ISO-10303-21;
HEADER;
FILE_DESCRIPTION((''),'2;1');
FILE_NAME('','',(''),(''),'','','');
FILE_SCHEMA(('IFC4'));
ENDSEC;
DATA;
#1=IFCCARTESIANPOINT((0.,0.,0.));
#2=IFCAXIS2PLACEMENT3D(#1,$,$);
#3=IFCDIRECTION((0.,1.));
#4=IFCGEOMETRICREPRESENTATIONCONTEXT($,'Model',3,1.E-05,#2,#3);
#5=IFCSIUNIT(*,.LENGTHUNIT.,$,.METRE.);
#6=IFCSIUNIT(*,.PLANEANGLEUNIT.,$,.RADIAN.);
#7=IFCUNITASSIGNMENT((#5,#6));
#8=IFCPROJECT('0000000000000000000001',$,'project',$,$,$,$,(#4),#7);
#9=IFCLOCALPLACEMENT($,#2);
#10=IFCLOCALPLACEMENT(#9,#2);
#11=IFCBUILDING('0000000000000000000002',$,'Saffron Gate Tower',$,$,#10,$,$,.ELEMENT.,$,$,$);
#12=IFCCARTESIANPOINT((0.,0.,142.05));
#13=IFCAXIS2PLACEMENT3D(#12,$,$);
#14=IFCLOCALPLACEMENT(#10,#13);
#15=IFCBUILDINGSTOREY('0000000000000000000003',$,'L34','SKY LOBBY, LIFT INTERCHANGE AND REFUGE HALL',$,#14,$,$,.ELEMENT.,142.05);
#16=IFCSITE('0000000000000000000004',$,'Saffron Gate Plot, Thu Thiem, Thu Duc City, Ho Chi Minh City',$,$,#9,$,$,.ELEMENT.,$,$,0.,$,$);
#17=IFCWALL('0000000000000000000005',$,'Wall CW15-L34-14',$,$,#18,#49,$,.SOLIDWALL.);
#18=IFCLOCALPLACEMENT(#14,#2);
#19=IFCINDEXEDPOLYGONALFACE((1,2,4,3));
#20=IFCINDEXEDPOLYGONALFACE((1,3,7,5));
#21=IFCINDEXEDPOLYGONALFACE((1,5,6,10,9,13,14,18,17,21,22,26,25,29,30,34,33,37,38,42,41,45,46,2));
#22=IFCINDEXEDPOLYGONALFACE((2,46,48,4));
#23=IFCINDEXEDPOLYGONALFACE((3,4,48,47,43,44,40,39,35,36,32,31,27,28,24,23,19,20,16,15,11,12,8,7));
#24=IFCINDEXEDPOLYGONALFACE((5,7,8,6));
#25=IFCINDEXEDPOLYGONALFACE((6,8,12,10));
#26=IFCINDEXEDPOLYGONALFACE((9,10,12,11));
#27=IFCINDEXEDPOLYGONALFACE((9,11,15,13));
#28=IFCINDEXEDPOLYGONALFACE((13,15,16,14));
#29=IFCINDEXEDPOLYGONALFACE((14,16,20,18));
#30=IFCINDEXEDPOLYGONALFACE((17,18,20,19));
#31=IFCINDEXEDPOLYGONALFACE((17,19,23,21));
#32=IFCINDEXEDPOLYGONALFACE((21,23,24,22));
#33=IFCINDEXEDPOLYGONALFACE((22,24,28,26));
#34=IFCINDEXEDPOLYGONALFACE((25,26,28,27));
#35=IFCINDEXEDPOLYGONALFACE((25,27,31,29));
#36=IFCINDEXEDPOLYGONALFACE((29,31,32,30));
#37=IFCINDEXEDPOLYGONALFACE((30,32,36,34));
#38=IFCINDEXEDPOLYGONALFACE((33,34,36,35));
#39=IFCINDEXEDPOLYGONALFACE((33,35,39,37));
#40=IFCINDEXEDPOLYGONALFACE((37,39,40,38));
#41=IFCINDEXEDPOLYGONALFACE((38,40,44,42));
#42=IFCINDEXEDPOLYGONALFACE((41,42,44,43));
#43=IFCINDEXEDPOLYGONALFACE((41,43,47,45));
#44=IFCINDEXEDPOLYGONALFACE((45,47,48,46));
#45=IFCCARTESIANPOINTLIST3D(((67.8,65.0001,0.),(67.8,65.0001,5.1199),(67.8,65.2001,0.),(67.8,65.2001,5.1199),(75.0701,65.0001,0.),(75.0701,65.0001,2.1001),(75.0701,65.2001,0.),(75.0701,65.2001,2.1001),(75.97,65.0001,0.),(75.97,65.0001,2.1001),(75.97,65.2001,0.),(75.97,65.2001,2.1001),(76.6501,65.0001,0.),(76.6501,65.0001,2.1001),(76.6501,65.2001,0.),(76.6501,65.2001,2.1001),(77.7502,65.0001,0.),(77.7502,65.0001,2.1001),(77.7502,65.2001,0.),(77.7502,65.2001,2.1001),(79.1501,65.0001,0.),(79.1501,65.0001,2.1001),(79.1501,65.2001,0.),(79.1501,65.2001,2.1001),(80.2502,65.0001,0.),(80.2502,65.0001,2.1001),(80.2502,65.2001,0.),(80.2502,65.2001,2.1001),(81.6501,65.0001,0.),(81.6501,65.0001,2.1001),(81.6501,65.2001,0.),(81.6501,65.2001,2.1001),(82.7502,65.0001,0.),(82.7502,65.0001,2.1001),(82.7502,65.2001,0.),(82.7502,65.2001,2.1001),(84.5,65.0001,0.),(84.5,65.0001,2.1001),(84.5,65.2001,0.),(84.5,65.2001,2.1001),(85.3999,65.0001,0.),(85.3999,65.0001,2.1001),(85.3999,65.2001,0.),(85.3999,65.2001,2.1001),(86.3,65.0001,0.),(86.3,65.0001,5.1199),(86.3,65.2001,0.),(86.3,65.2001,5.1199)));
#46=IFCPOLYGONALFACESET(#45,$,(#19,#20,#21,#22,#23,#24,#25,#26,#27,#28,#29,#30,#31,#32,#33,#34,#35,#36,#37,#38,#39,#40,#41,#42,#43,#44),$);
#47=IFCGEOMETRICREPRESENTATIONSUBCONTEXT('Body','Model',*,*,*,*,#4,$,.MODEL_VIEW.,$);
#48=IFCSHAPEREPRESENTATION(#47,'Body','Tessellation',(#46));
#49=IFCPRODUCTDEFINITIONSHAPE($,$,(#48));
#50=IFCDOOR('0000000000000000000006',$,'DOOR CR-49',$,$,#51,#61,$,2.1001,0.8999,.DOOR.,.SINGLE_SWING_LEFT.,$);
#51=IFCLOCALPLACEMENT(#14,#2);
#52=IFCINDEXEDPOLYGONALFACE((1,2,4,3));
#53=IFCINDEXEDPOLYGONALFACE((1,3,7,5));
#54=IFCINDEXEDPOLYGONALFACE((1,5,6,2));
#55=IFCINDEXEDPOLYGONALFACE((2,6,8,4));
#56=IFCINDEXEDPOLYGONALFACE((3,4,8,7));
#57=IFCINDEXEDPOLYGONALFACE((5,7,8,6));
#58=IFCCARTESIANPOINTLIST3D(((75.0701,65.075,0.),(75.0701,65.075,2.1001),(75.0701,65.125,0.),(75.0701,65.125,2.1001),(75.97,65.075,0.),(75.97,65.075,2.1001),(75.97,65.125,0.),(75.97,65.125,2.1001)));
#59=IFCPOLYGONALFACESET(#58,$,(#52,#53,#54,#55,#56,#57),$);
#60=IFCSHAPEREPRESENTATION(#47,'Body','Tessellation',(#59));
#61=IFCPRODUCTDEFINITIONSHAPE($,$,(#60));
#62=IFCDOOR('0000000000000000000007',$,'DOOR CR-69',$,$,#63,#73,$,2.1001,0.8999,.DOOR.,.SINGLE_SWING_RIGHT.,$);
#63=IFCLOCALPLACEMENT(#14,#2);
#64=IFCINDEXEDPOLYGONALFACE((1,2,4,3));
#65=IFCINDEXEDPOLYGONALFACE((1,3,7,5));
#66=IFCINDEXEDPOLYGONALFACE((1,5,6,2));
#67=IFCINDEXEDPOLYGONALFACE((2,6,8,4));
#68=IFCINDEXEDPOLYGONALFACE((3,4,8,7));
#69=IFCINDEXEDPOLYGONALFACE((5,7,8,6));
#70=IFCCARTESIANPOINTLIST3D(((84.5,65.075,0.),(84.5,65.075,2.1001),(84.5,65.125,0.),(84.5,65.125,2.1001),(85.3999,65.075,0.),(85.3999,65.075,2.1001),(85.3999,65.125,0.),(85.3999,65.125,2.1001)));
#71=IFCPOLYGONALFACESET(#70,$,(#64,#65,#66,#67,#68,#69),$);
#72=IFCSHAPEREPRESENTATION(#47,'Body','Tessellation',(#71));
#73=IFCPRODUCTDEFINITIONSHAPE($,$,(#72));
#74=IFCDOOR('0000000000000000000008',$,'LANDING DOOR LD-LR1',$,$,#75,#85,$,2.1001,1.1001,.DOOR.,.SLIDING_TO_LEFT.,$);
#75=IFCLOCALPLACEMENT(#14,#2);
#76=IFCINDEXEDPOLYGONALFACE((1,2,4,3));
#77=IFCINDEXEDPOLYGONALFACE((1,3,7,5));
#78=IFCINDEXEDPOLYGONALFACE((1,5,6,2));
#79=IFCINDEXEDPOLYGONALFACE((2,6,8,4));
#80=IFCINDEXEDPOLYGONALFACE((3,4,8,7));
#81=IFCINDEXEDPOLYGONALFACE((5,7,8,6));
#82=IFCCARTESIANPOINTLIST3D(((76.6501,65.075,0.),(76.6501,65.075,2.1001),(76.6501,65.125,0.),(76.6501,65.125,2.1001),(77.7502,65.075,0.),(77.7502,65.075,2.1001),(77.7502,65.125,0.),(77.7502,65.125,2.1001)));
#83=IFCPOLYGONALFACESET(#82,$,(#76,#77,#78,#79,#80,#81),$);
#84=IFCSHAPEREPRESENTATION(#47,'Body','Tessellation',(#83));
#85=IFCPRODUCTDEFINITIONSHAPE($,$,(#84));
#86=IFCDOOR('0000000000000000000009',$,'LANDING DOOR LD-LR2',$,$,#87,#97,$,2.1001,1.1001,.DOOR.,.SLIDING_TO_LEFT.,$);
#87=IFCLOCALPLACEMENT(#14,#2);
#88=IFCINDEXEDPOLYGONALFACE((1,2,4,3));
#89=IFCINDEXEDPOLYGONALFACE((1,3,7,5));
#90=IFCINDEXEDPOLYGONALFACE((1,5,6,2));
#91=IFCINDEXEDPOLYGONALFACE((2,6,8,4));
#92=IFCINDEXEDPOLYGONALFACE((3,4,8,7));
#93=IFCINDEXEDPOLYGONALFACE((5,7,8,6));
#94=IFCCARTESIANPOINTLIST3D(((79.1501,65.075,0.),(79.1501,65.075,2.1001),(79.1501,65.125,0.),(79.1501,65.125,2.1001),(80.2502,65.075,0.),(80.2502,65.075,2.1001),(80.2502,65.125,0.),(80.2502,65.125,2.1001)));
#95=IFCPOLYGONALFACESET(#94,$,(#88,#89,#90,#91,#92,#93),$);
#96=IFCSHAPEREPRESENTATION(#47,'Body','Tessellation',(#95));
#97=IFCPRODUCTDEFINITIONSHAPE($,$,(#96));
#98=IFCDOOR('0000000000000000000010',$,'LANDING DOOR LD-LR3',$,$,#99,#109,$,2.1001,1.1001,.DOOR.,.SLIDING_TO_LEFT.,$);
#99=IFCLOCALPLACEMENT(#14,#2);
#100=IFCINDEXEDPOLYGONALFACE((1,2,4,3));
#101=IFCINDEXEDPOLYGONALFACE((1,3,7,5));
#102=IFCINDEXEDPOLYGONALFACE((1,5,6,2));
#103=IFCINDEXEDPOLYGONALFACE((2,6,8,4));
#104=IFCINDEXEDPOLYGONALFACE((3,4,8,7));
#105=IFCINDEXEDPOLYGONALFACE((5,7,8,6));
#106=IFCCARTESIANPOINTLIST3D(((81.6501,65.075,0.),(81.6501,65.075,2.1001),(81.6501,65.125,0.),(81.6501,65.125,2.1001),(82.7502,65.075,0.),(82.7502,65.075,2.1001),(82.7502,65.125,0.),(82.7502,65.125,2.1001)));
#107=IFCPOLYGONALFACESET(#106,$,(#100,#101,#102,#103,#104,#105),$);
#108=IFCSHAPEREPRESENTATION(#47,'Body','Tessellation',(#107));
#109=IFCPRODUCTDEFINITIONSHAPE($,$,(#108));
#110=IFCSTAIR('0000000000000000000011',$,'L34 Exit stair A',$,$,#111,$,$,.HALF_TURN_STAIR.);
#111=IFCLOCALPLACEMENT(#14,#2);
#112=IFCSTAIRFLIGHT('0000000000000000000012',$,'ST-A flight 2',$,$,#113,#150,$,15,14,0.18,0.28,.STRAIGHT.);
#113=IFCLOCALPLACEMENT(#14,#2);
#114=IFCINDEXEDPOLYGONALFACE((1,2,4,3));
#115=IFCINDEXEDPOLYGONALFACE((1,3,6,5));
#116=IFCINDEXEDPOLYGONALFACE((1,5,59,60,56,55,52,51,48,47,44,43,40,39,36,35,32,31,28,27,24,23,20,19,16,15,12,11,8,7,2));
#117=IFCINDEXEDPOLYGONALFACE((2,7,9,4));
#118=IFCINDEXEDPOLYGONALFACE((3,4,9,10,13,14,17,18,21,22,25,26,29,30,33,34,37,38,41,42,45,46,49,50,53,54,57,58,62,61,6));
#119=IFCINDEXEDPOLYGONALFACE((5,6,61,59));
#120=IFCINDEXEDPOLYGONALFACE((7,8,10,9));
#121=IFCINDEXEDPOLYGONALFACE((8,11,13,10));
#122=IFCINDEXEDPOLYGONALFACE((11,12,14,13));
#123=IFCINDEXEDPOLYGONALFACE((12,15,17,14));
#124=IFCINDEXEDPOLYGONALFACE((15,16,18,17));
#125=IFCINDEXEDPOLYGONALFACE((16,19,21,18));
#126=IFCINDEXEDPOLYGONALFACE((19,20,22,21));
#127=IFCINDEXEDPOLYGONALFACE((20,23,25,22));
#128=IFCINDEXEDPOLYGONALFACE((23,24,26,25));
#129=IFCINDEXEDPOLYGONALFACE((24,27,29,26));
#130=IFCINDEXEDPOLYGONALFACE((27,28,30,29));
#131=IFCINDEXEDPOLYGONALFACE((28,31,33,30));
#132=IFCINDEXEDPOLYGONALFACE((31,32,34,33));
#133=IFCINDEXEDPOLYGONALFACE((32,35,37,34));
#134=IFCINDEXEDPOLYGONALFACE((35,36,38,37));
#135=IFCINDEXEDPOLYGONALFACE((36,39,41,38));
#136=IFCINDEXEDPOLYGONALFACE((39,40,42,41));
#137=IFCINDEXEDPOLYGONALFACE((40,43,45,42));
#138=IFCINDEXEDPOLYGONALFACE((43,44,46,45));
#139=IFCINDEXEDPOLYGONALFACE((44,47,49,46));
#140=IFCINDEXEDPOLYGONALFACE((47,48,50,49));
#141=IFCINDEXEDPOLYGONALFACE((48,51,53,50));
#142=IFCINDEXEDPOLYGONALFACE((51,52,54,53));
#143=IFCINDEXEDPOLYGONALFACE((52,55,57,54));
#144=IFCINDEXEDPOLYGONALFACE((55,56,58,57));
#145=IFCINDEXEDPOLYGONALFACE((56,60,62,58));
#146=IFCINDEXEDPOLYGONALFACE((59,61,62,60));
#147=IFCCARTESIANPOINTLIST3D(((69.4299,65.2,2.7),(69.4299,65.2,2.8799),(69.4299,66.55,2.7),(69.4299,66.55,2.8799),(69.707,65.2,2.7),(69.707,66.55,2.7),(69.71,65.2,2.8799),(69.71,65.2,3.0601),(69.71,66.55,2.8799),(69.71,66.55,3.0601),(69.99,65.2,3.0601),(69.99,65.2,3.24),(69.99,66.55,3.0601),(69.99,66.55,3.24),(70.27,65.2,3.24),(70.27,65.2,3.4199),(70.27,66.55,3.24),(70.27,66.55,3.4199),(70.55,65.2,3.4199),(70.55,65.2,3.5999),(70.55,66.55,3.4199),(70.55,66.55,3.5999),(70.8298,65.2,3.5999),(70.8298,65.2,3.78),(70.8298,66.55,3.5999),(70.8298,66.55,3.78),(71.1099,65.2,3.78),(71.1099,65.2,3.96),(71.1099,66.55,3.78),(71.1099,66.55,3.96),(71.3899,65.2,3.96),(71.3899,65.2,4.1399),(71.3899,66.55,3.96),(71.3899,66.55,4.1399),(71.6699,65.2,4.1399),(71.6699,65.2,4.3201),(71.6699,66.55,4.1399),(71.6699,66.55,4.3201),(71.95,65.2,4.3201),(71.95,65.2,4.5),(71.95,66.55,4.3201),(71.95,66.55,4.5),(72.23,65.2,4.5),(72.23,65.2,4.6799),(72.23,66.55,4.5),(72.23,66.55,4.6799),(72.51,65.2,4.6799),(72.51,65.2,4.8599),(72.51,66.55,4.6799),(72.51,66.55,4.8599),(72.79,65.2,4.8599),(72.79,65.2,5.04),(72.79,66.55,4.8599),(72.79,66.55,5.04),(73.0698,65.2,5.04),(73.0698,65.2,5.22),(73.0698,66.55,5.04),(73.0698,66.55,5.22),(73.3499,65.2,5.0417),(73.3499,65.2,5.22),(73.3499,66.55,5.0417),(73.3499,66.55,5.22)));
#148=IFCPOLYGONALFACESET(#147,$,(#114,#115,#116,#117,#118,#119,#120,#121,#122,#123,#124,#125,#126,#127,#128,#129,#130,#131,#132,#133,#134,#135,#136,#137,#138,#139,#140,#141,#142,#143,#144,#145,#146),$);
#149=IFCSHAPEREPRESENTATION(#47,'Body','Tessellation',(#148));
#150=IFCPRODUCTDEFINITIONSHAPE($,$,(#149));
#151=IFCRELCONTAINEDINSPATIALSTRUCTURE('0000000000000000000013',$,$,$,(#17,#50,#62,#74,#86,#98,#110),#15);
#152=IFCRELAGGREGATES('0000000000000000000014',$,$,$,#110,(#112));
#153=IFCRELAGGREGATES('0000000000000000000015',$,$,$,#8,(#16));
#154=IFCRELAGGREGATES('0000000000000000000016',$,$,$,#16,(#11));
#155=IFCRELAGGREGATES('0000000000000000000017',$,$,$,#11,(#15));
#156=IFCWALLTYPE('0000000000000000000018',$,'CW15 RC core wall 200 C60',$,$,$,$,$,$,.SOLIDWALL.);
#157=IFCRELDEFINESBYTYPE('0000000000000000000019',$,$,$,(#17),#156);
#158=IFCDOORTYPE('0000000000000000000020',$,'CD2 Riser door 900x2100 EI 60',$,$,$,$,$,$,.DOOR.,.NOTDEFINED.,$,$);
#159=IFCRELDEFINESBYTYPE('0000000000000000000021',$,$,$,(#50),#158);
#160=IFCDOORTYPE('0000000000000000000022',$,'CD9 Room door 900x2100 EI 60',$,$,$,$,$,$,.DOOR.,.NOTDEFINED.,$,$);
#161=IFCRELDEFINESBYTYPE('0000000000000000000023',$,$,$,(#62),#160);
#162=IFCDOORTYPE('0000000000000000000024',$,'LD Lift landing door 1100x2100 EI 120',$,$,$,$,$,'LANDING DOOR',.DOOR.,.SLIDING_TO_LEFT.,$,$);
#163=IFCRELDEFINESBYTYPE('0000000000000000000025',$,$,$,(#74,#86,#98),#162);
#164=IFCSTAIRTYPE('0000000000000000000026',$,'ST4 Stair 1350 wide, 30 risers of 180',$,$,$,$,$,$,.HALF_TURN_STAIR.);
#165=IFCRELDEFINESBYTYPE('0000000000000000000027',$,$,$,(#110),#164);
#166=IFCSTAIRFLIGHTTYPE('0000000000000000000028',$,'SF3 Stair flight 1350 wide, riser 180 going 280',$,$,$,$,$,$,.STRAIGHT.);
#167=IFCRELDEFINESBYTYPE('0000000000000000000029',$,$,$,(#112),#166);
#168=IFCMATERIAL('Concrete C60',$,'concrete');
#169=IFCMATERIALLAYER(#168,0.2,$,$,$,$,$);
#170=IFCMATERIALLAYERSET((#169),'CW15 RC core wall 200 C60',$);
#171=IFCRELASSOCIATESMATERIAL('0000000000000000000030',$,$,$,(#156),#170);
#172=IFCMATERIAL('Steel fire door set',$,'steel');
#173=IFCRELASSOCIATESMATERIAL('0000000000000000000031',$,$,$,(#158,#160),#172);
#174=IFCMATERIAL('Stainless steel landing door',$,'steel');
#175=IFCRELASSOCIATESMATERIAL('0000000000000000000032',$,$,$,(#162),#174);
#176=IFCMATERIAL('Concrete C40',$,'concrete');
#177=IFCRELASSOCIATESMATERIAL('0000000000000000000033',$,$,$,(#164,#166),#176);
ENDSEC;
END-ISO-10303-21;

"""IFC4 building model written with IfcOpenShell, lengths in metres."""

from ifc_helpers import new_model, si_unit, direction, frame, frame_2d, origin, place, context, subcontext, project, spatial, polyline, rectangle, outline, extrude, material, layer, layer_set, type_object, element, fill, aggregate, save


model = new_model("IFC4")

# Units and contexts
model_context = context("Model", 3, precision=1e-05, world=origin(), true_north=direction((0.0, 1.0)))
body_context = subcontext(model_context, "Body", "Model", "MODEL_VIEW")
ifc_project = project(units=[si_unit("LENGTHUNIT", "METRE"), si_unit("PLANEANGLEUNIT", "RADIAN")], contexts=[model_context])

# Site, building, storey
site_placement = place(None, origin())
site = spatial("IfcSite", under=ifc_project, at=site_placement, Name="Saffron Gate Plot, Thu Thiem, Thu Duc City, Ho Chi Minh City", CompositionType="ELEMENT", RefElevation=0.0)
building_placement = place(site_placement, origin())
building = spatial("IfcBuilding", under=site, at=building_placement, Name="Saffron Gate Tower", CompositionType="ELEMENT")
storey_placement = place(building_placement, frame((0.0, 0.0, 142.05)))
storey = spatial("IfcBuildingStorey", under=building, at=storey_placement, Name="L34", Description="SKY LOBBY, LIFT INTERCHANGE AND REFUGE HALL", CompositionType="ELEMENT", Elevation=142.05)

# Shared definitions
ifc_material_1 = material(Name="Concrete C60", Category="concrete")
ifc_material_2 = material(Name="Steel fire door set", Category="steel")

# Wall, openings, doors
ifc_layer_1 = layer(ifc_material_1, 0.2)
ifc_layer_set_1 = layer_set([ifc_layer_1], Name="CW15 RC core wall 200 C60")
wall_type_1 = type_object("IfcWallType", Name="CW15 RC core wall 200 C60", PredefinedType="SOLIDWALL", material=ifc_layer_set_1)
wall_1_placement = place(storey_placement, frame((67.8, 65.1001, 0.0), z_axis=(0.0, 0.0, 1.0), x_axis=(1.0, 0.0, 0.0)))
wall_1 = element("IfcWall", 1, at=wall_1_placement, inside=storey, type_object=wall_type_1, Name="Wall CW15-L34-14", PredefinedType="SOLIDWALL", context=body_context, shape_type="SweptSolid", body=[
    extrude(rectangle(XDim=18.5, YDim=0.2, at=frame_2d((9.25, 0.0))), origin(), (0.0, 0.0, 1.0), 5.1199),
])
opening_1_placement = place(wall_1_placement, frame((7.27, 0.0, 0.0)))
opening_1 = element("IfcOpeningElement", 2, at=opening_1_placement, cuts=wall_1, PredefinedType="OPENING", context=body_context, shape_type="SweptSolid", body=[
    extrude(rectangle(XDim=0.8999, YDim=2.1001, at=frame_2d((0.45, 1.05))), frame((0.0, 0.1099, 0.0), z_axis=(0.0, -1.0, 0.0), x_axis=(1.0, 0.0, 0.0)), (0.0, 0.0, 1.0), 0.22),
])
opening_2_placement = place(wall_1_placement, frame((8.8501, 0.0, 0.0)))
opening_2 = element("IfcOpeningElement", 3, at=opening_2_placement, cuts=wall_1, PredefinedType="OPENING", context=body_context, shape_type="SweptSolid", body=[
    extrude(rectangle(XDim=1.1001, YDim=2.1001, at=frame_2d((0.55, 1.05))), frame((0.0, 0.1099, 0.0), z_axis=(0.0, -1.0, 0.0), x_axis=(1.0, 0.0, 0.0)), (0.0, 0.0, 1.0), 0.22),
])
opening_3_placement = place(wall_1_placement, frame((11.3501, 0.0, 0.0)))
opening_3 = element("IfcOpeningElement", 4, at=opening_3_placement, cuts=wall_1, PredefinedType="OPENING", context=body_context, shape_type="SweptSolid", body=[
    extrude(rectangle(XDim=1.1001, YDim=2.1001, at=frame_2d((0.55, 1.05))), frame((0.0, 0.1099, 0.0), z_axis=(0.0, -1.0, 0.0), x_axis=(1.0, 0.0, 0.0)), (0.0, 0.0, 1.0), 0.22),
])
opening_4_placement = place(wall_1_placement, frame((13.8501, 0.0, 0.0)))
opening_4 = element("IfcOpeningElement", 5, at=opening_4_placement, cuts=wall_1, PredefinedType="OPENING", context=body_context, shape_type="SweptSolid", body=[
    extrude(rectangle(XDim=1.1001, YDim=2.1001, at=frame_2d((0.55, 1.05))), frame((0.0, 0.1099, 0.0), z_axis=(0.0, -1.0, 0.0), x_axis=(1.0, 0.0, 0.0)), (0.0, 0.0, 1.0), 0.22),
])
opening_5_placement = place(wall_1_placement, frame((16.7, 0.0, 0.0)))
opening_5 = element("IfcOpeningElement", 6, at=opening_5_placement, cuts=wall_1, PredefinedType="OPENING", context=body_context, shape_type="SweptSolid", body=[
    extrude(rectangle(XDim=0.8999, YDim=2.1001, at=frame_2d((0.45, 1.05))), frame((0.0, 0.1099, 0.0), z_axis=(0.0, -1.0, 0.0), x_axis=(1.0, 0.0, 0.0)), (0.0, 0.0, 1.0), 0.22),
])
door_type_1 = type_object("IfcDoorType", Name="CD2 Riser door 900x2100 EI 60", OperationType="NOTDEFINED", PredefinedType="DOOR", material=ifc_material_2)
door_1_placement = place(opening_1_placement, origin())
door_1 = element("IfcDoor", 7, at=door_1_placement, inside=storey, type_object=door_type_1, Name="DOOR CR-49", OperationType="SINGLE_SWING_LEFT", OverallHeight=2.1001, OverallWidth=0.8999, PredefinedType="DOOR", context=body_context, shape_type="SweptSolid", body=[
    extrude(rectangle(XDim=0.8999, YDim=2.1001, at=frame_2d((0.45, 1.05))), frame((0.0, 0.0249, 0.0), z_axis=(0.0, -1.0, 0.0), x_axis=(1.0, 0.0, 0.0)), (0.0, 0.0, 1.0), 0.05),
])
fill(opening_1, door_1)
door_type_2 = type_object("IfcDoorType", Name="CD9 Room door 900x2100 EI 60", OperationType="NOTDEFINED", PredefinedType="DOOR", material=ifc_material_2)
door_2_placement = place(opening_5_placement, origin())
door_2 = element("IfcDoor", 8, at=door_2_placement, inside=storey, type_object=door_type_2, Name="DOOR CR-69", OperationType="SINGLE_SWING_RIGHT", OverallHeight=2.1001, OverallWidth=0.8999, PredefinedType="DOOR", context=body_context, shape_type="SweptSolid", body=[
    extrude(rectangle(XDim=0.8999, YDim=2.1001, at=frame_2d((0.45, 1.05))), frame((0.0, 0.0249, 0.0), z_axis=(0.0, -1.0, 0.0), x_axis=(1.0, 0.0, 0.0)), (0.0, 0.0, 1.0), 0.05),
])
fill(opening_5, door_2)
ifc_material_3 = material(Name="Stainless steel landing door", Category="steel")
door_type_3 = type_object("IfcDoorType", Name="LD Lift landing door 1100x2100 EI 120", ElementType="LANDING DOOR", OperationType="SLIDING_TO_LEFT", PredefinedType="DOOR", material=ifc_material_3)
door_3_placement = place(opening_2_placement, origin())
door_3 = element("IfcDoor", 9, at=door_3_placement, inside=storey, type_object=door_type_3, Name="LANDING DOOR LD-LR1", OperationType="SLIDING_TO_LEFT", OverallHeight=2.1001, OverallWidth=1.1001, PredefinedType="DOOR", context=body_context, shape_type="SweptSolid", body=[
    extrude(rectangle(XDim=1.1001, YDim=2.1001, at=frame_2d((0.55, 1.05))), frame((0.0, 0.0249, 0.0), z_axis=(0.0, -1.0, 0.0), x_axis=(1.0, 0.0, 0.0)), (0.0, 0.0, 1.0), 0.05),
])
fill(opening_2, door_3)
door_4_placement = place(opening_3_placement, origin())
door_4 = element("IfcDoor", 10, at=door_4_placement, inside=storey, type_object=door_type_3, Name="LANDING DOOR LD-LR2", OperationType="SLIDING_TO_LEFT", OverallHeight=2.1001, OverallWidth=1.1001, PredefinedType="DOOR", context=body_context, shape_type="SweptSolid", body=[
    extrude(rectangle(XDim=1.1001, YDim=2.1001, at=frame_2d((0.55, 1.05))), frame((0.0, 0.0249, 0.0), z_axis=(0.0, -1.0, 0.0), x_axis=(1.0, 0.0, 0.0)), (0.0, 0.0, 1.0), 0.05),
])
fill(opening_3, door_4)
door_5_placement = place(opening_4_placement, origin())
door_5 = element("IfcDoor", 11, at=door_5_placement, inside=storey, type_object=door_type_3, Name="LANDING DOOR LD-LR3", OperationType="SLIDING_TO_LEFT", OverallHeight=2.1001, OverallWidth=1.1001, PredefinedType="DOOR", context=body_context, shape_type="SweptSolid", body=[
    extrude(rectangle(XDim=1.1001, YDim=2.1001, at=frame_2d((0.55, 1.05))), frame((0.0, 0.0249, 0.0), z_axis=(0.0, -1.0, 0.0), x_axis=(1.0, 0.0, 0.0)), (0.0, 0.0, 1.0), 0.05),
])
fill(opening_4, door_5)

# Stair, stair flight
ifc_material_4 = material(Name="Concrete C40", Category="concrete")
stair_type = type_object("IfcStairType", Name="ST4 Stair 1350 wide, 30 risers of 180", PredefinedType="HALF_TURN_STAIR", material=ifc_material_4)
stair_placement = place(storey_placement, origin())
stair = element("IfcStair", 12, at=stair_placement, inside=storey, type_object=stair_type, Name="L34 Exit stair A", PredefinedType="HALF_TURN_STAIR")
stair_flight_type = type_object("IfcStairFlightType", Name="SF3 Stair flight 1350 wide, riser 180 going 280", PredefinedType="STRAIGHT", material=ifc_material_4)
stair_flight_placement = place(storey_placement, frame((69.4299, 65.875, 2.7), z_axis=(0.0, 0.0, 1.0), x_axis=(1.0, 0.0, 0.0)))
stair_flight = element("IfcStairFlight", 13, at=stair_flight_placement, type_object=stair_flight_type, Name="ST-A flight 2", NumberOfRisers=15, NumberOfTreads=14, PredefinedType="STRAIGHT", RiserHeight=0.18, TreadLength=0.28, context=body_context, shape_type="SweptSolid", body=[
    extrude(outline(polyline([(0.0, 0.0), (0.0, 0.1799), (0.28, 0.1799), (0.28, 0.3601), (0.5601, 0.3601), (0.5601, 0.54), (0.8401, 0.54), (0.8401, 0.72), (1.1201, 0.72), (1.1201, 0.8999), (1.3999, 0.8999), (1.3999, 1.0801), (1.6799, 1.0801), (1.6799, 1.26), (1.96, 1.26), (1.96, 1.4399), (2.24, 1.4399), (2.24, 1.6201), (2.52, 1.6201), (2.52, 1.8), (2.8, 1.8), (2.8, 1.98), (3.0801, 1.98), (3.0801, 2.1599), (3.3601, 2.1599), (3.3601, 2.3401), (3.6399, 2.3401), (3.6399, 2.52), (3.9199, 2.52), (3.9199, 2.7), (3.9199, 2.3418), (0.2771, 0.0), (0.0, 0.0)])), frame((0.0, 0.675, 0.0), z_axis=(0.0, -1.0, 0.0), x_axis=(1.0, 0.0, 0.0)), (0.0, 0.0, 1.0), 1.3501),
])
aggregate(stair, [stair_flight])

save(model, "model.ifc")
